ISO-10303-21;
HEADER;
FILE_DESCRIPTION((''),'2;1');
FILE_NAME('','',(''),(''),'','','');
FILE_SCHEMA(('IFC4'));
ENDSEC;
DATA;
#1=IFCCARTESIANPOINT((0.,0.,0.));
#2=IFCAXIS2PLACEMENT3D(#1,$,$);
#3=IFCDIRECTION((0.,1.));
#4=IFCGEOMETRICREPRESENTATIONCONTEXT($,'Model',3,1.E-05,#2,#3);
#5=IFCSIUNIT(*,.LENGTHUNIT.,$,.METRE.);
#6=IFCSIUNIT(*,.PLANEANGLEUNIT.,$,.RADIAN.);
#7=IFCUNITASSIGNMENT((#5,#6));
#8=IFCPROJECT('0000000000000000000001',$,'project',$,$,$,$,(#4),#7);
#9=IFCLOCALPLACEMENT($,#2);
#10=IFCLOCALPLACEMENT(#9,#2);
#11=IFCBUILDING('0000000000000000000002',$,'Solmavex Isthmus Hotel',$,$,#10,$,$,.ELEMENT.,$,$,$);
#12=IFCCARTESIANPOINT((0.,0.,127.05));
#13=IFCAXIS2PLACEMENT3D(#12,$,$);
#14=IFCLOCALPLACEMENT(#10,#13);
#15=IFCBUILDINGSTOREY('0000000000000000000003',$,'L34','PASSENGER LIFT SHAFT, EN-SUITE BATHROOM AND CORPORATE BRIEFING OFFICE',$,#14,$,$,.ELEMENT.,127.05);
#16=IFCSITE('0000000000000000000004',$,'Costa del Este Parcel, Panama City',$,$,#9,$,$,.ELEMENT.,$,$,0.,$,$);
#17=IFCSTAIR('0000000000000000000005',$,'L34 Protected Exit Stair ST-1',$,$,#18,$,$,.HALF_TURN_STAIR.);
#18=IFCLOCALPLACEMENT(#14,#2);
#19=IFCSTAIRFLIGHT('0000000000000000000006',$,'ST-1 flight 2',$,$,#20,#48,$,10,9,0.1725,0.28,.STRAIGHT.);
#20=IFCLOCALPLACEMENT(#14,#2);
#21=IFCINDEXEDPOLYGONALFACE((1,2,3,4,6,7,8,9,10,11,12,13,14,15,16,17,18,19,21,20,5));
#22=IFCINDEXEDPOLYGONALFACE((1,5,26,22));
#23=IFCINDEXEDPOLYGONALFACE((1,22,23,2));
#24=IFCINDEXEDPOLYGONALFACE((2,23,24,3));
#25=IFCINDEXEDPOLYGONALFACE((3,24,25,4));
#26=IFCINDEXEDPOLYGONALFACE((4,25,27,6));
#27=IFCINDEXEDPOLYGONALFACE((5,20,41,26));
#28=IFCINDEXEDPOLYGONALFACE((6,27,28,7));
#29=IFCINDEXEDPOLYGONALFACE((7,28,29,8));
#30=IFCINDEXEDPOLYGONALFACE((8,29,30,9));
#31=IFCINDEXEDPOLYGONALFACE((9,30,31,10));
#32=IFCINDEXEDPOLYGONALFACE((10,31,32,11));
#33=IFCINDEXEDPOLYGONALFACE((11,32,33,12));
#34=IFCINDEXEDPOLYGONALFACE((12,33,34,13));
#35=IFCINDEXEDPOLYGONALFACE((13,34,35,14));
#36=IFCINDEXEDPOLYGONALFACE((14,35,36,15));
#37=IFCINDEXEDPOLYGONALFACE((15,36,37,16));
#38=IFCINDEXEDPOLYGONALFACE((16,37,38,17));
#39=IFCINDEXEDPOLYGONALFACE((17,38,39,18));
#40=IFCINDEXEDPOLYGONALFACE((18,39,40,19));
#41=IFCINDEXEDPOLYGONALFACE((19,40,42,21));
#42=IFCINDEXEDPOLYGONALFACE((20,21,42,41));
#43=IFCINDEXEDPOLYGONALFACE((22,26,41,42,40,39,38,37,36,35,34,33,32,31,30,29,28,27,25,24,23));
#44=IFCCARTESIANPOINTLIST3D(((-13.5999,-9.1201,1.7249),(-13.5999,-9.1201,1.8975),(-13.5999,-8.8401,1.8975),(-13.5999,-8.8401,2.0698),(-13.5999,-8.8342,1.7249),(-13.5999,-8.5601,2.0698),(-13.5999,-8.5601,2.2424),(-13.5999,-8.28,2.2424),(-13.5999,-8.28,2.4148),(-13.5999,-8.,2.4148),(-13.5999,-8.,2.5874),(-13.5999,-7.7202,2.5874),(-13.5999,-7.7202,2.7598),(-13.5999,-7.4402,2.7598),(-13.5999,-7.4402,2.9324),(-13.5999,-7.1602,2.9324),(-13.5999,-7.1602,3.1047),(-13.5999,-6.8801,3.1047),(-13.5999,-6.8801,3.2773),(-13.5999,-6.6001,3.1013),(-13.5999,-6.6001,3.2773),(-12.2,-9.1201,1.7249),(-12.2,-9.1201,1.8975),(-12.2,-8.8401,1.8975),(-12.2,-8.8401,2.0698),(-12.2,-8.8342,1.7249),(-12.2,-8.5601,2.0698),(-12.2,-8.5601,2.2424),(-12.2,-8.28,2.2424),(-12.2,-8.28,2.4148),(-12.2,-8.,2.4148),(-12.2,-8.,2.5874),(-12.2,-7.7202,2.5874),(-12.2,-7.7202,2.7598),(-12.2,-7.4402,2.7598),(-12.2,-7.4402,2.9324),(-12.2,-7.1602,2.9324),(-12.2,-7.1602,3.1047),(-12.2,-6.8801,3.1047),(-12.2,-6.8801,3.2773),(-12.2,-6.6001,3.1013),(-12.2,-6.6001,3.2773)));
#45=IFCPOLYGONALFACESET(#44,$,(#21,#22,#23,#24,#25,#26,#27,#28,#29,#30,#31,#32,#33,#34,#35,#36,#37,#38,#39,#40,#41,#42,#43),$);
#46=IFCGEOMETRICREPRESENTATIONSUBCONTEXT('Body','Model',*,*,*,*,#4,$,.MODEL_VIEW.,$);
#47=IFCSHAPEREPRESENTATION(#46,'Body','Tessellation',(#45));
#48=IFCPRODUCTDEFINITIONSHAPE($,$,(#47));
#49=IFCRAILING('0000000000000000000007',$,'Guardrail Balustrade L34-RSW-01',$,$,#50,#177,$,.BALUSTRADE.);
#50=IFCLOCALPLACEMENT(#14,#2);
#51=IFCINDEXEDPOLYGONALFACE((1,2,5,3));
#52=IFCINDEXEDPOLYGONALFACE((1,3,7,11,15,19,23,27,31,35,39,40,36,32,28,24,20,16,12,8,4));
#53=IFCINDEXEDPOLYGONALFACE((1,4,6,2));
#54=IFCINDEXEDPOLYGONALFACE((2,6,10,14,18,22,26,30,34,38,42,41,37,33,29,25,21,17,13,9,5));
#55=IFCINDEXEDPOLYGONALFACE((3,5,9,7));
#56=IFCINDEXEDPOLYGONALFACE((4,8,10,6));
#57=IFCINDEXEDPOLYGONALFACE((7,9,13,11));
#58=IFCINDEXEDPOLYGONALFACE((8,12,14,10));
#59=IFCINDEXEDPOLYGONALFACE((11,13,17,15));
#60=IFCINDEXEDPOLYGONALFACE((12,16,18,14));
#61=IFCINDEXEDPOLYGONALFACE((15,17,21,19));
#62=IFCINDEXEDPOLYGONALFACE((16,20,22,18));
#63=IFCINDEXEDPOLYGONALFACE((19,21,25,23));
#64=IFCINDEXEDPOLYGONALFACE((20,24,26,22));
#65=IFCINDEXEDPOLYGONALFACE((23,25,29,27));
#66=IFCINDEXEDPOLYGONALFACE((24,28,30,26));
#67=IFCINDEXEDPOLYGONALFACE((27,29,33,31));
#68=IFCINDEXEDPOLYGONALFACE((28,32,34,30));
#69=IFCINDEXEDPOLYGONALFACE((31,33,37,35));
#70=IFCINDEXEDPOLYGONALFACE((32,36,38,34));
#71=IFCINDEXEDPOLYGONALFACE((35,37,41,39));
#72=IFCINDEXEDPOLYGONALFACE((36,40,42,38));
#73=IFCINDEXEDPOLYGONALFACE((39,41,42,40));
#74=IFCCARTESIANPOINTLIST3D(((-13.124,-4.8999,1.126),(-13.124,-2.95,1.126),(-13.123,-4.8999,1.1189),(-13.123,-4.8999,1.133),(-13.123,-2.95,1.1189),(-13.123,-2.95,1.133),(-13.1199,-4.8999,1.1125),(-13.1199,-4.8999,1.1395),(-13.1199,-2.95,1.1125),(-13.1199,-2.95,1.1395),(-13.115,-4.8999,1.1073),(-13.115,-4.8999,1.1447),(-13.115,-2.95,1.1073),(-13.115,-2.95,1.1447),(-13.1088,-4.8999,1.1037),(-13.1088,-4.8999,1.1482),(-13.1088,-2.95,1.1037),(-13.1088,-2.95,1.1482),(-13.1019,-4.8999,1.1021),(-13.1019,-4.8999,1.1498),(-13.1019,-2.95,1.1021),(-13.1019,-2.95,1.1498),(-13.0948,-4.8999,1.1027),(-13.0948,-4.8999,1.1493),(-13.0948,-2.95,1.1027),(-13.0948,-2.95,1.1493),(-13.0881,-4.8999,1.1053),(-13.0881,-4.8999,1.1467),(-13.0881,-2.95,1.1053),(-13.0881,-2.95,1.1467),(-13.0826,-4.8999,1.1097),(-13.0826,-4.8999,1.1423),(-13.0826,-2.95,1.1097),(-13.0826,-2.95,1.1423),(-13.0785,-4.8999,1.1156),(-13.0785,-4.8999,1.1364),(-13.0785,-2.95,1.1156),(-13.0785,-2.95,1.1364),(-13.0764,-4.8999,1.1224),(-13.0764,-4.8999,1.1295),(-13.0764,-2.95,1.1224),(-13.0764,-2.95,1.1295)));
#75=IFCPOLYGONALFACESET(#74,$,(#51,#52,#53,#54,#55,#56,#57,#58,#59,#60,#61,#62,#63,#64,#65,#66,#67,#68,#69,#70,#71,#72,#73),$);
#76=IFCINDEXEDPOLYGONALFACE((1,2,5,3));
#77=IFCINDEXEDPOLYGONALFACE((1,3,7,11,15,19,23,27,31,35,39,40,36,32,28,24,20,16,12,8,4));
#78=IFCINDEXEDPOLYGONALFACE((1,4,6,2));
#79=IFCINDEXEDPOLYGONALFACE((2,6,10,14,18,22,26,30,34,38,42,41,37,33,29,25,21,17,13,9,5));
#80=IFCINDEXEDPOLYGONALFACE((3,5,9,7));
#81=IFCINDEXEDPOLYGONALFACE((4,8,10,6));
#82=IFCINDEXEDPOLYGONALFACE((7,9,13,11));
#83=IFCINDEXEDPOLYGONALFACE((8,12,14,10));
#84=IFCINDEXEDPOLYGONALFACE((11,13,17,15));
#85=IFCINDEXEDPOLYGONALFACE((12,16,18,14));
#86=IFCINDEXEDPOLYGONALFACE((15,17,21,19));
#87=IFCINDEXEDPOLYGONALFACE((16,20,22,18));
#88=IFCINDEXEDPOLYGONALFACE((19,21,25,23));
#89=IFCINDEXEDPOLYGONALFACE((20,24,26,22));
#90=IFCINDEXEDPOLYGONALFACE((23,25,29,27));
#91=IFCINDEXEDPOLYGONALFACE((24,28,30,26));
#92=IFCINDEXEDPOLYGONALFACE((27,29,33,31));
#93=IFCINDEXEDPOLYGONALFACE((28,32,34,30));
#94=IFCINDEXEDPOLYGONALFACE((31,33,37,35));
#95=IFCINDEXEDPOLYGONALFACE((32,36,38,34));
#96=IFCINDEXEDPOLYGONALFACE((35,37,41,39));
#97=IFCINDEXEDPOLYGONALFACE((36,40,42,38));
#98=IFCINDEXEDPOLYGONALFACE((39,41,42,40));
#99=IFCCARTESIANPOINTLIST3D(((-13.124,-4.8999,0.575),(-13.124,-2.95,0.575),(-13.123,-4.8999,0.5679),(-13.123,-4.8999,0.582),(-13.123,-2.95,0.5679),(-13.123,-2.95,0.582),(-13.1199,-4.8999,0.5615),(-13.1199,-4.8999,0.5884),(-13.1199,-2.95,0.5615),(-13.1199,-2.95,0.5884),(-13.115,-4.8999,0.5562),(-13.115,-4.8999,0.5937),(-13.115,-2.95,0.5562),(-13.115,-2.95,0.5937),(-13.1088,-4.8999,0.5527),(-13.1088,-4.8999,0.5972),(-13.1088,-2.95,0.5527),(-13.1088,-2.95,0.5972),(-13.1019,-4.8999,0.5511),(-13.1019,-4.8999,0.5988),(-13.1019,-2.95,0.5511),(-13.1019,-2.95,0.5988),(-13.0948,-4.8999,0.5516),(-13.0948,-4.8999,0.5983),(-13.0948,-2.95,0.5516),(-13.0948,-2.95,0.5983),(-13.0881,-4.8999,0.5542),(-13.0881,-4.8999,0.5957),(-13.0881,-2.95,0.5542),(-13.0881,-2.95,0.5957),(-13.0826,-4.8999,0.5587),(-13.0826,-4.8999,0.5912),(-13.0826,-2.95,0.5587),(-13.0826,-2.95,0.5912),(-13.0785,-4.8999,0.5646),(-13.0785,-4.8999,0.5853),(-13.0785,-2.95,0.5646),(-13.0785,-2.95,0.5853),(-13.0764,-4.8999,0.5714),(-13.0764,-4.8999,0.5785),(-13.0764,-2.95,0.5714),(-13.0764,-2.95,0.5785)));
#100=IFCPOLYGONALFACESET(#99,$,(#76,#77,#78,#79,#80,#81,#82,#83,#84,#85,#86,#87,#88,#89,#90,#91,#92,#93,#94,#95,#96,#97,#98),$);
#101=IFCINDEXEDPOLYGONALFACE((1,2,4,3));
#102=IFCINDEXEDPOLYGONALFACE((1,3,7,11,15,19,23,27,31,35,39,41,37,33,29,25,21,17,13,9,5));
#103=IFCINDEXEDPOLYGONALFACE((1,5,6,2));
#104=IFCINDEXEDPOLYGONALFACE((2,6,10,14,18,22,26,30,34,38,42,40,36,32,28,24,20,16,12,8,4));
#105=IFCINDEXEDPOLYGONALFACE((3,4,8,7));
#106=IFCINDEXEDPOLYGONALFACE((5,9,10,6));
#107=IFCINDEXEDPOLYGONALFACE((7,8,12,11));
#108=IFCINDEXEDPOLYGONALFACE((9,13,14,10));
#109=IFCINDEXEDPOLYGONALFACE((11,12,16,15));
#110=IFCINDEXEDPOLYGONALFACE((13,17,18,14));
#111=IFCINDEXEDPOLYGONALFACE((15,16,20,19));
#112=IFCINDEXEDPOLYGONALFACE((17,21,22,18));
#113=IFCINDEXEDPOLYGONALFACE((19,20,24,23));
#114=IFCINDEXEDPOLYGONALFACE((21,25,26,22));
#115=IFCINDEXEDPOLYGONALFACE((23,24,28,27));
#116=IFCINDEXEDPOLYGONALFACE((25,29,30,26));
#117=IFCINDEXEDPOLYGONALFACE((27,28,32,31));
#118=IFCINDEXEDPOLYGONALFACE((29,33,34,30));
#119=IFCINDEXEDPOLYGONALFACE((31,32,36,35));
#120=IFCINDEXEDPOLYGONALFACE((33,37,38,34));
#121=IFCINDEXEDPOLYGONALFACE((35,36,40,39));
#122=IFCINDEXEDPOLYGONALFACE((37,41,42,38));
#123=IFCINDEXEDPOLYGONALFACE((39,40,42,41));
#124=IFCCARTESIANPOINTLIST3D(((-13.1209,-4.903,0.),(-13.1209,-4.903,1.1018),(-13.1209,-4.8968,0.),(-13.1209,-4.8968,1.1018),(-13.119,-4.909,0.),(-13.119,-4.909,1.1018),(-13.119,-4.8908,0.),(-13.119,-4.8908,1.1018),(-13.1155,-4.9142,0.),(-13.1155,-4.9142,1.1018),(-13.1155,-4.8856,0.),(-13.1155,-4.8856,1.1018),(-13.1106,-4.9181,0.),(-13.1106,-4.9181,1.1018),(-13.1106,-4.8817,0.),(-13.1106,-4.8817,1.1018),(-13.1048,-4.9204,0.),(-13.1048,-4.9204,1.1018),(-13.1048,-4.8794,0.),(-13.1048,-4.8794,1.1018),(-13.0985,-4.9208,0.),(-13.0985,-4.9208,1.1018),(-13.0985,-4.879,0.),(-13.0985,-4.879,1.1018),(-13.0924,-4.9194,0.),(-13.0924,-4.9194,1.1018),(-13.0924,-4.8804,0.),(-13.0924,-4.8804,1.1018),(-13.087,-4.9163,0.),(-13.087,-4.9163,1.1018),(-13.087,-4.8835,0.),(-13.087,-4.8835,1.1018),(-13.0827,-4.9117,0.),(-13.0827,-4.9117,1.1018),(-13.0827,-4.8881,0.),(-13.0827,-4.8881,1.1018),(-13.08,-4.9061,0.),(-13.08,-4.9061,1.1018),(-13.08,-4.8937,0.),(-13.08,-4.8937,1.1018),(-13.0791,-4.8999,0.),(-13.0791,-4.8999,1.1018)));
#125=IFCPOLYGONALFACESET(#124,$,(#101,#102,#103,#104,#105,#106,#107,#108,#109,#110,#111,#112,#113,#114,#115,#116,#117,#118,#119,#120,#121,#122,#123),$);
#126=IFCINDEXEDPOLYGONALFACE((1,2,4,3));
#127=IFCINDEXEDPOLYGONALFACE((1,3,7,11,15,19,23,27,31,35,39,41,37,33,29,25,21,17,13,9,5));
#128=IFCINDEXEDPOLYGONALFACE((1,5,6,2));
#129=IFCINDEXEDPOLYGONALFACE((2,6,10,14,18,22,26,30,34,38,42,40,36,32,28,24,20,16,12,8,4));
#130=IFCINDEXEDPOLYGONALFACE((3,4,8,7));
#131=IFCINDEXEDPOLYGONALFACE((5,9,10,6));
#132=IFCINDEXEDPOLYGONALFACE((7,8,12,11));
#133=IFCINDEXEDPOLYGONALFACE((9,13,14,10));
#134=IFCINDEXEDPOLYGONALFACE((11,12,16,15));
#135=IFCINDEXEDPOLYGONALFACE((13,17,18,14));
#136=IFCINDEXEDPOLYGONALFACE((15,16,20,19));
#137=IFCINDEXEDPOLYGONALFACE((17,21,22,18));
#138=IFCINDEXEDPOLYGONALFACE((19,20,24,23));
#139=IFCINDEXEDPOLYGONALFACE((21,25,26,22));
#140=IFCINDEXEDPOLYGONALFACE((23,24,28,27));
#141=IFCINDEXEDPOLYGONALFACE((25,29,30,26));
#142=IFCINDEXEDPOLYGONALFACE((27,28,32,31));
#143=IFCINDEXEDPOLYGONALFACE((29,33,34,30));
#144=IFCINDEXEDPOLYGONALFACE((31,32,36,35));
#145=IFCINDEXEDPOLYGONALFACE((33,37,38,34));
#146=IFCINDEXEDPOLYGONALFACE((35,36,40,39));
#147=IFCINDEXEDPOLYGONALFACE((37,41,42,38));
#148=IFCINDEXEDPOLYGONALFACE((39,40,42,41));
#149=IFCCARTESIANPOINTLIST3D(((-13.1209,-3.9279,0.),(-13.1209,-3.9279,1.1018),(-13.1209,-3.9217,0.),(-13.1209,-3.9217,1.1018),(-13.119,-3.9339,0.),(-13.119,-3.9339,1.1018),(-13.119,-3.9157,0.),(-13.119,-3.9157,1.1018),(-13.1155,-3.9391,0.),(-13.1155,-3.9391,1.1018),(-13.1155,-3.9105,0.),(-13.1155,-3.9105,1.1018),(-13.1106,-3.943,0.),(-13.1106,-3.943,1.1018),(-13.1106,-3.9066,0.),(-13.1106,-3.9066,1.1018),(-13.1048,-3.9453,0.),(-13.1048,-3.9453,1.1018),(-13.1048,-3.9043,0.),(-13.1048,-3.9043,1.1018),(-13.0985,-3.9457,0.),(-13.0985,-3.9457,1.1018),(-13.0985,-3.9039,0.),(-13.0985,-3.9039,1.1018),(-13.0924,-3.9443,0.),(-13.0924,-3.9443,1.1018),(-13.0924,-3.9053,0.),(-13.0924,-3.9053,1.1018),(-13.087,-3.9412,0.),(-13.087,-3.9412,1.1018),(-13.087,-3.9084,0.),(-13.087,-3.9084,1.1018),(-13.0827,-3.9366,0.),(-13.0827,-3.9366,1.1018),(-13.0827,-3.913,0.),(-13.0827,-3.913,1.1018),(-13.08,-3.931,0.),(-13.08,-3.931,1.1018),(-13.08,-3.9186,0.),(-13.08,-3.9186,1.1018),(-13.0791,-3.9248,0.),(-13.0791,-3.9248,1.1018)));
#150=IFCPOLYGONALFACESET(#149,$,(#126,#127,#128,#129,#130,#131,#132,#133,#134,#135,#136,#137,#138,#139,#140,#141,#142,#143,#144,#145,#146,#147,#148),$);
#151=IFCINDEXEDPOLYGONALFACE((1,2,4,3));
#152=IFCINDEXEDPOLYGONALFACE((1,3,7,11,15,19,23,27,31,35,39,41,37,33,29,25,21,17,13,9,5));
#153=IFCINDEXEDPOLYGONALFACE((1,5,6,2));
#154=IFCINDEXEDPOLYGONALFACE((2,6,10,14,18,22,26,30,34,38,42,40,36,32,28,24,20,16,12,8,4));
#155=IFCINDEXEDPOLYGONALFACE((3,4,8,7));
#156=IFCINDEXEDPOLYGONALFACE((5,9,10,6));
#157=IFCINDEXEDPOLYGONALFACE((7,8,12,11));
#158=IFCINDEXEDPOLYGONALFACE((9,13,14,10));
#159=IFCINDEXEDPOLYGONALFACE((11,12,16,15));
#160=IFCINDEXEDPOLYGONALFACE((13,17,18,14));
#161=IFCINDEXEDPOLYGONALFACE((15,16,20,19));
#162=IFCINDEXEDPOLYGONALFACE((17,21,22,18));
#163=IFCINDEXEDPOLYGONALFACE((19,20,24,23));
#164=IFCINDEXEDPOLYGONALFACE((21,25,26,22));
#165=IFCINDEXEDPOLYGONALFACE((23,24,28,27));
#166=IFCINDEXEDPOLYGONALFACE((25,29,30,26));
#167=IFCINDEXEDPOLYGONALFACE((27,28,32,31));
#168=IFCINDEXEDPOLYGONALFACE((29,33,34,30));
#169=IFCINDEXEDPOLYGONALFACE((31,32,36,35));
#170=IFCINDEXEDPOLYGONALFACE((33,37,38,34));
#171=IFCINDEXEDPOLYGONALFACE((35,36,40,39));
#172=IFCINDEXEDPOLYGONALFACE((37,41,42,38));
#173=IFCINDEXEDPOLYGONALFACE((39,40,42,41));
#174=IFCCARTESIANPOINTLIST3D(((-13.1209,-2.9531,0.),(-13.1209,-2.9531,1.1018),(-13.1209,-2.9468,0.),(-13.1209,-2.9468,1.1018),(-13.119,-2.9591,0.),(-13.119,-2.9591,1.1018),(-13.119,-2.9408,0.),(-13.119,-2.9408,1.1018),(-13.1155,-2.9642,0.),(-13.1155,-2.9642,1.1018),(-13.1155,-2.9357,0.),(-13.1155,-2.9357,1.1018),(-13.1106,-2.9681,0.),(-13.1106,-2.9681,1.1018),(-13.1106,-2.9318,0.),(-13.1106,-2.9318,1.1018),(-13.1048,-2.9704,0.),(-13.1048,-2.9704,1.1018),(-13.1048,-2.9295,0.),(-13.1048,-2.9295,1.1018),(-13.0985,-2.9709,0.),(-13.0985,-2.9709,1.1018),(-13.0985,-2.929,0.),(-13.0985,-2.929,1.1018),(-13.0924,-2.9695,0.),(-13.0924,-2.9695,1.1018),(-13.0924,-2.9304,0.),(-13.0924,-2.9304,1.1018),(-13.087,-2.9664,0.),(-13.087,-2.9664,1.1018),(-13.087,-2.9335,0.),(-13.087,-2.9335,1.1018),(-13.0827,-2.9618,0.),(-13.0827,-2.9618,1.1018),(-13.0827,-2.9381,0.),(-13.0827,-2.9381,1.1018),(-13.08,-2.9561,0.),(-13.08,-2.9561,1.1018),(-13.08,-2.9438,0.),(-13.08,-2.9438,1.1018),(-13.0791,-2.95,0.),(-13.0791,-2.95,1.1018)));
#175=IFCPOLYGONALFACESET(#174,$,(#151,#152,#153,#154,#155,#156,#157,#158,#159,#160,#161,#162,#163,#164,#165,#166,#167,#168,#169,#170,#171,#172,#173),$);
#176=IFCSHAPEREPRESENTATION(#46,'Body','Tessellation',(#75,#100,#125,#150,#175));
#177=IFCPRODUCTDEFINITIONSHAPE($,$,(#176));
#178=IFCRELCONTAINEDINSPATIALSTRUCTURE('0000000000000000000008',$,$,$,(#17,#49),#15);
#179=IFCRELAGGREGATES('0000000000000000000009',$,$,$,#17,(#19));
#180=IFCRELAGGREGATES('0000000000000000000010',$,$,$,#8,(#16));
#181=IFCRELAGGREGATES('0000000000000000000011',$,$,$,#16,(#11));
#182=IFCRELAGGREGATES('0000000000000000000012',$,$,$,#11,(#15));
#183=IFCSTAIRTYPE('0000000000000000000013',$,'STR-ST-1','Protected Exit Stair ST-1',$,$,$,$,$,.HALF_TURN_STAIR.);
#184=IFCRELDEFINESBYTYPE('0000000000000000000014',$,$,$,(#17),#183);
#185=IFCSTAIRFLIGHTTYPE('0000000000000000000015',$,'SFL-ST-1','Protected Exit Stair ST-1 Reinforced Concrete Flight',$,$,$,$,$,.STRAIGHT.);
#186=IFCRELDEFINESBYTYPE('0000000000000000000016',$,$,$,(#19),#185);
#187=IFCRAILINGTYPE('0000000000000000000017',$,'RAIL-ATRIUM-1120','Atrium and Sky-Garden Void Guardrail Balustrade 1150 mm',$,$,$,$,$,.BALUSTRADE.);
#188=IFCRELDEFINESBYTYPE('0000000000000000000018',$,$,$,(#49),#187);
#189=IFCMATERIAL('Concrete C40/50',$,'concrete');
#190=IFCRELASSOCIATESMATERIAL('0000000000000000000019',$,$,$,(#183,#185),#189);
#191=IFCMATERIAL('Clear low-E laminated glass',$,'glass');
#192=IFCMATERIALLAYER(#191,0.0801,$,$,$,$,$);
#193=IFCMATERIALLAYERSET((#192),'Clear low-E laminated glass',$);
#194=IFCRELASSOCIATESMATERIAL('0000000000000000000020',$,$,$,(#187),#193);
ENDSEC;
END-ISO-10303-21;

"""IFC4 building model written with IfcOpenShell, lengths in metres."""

from ifc_helpers import new_model, si_unit, direction, frame, origin, origin_2d, place, context, subcontext, project, spatial, polyline, circle, outline, extrude, material, layer, layer_set, type_object, element, aggregate, save


model = new_model("IFC4")

# Units and contexts
model_context = context("Model", 3, precision=1e-05, world=origin(), true_north=direction((0.0, 1.0)))
body_context = subcontext(model_context, "Body", "Model", "MODEL_VIEW")
ifc_project = project(units=[si_unit("LENGTHUNIT", "METRE"), si_unit("PLANEANGLEUNIT", "RADIAN")], contexts=[model_context])

# Site, building, storey
site_placement = place(None, origin())
site = spatial("IfcSite", under=ifc_project, at=site_placement, Name="Costa del Este Parcel, Panama City", CompositionType="ELEMENT", RefElevation=0.0)
building_placement = place(site_placement, origin())
building = spatial("IfcBuilding", under=site, at=building_placement, Name="Solmavex Isthmus Hotel", CompositionType="ELEMENT")
storey_placement = place(building_placement, frame((0.0, 0.0, 127.05)))
storey = spatial("IfcBuildingStorey", under=building, at=storey_placement, Name="L34", Description="PASSENGER LIFT SHAFT, EN-SUITE BATHROOM AND CORPORATE BRIEFING OFFICE", CompositionType="ELEMENT", Elevation=127.05)

# Shared definitions
ifc_material_1 = material(Name="Clear low-E laminated glass", Category="glass")

# Shared definitions
ifc_material_2 = material(Name="Concrete C40/50", Category="concrete")

# Stair, stair flight
stair_type = type_object("IfcStairType", Name="STR-ST-1", Description="Protected Exit Stair ST-1", PredefinedType="HALF_TURN_STAIR", material=ifc_material_2)
stair_placement = place(storey_placement, origin())
stair = element("IfcStair", 1, at=stair_placement, inside=storey, type_object=stair_type, Name="L34 Protected Exit Stair ST-1", PredefinedType="HALF_TURN_STAIR")
stair_flight_type = type_object("IfcStairFlightType", Name="SFL-ST-1", Description="Protected Exit Stair ST-1 Reinforced Concrete Flight", PredefinedType="STRAIGHT", material=ifc_material_2)
stair_flight_1_placement = place(storey_placement, frame((-12.8999, -9.1201, 1.7249), z_axis=(0.0, 0.0, 1.0), x_axis=(0.0, 1.0, 0.0)))
stair_flight_1 = element("IfcStairFlight", 2, at=stair_flight_1_placement, type_object=stair_flight_type, Name="ST-1 flight 2", NumberOfRisers=10, NumberOfTreads=9, PredefinedType="STRAIGHT", RiserHeight=0.1725, TreadLength=0.28, context=body_context, shape_type="SweptSolid", body=[
    extrude(outline(polyline([(0.0, 0.0), (0.0, 0.1726), (0.28, 0.1726), (0.28, 0.345), (0.5601, 0.345), (0.5601, 0.5176), (0.8401, 0.5176), (0.8401, 0.6899), (1.1201, 0.6899), (1.1201, 0.8625), (1.3999, 0.8625), (1.3999, 1.0349), (1.6799, 1.0349), (1.6799, 1.2075), (1.96, 1.2075), (1.96, 1.3799), (2.24, 1.3799), (2.24, 1.5525), (2.52, 1.5525), (2.52, 1.7251), (2.52, 1.3765), (0.2859, 0.0), (0.0, 0.0)])), frame((0.0, 0.7, 0.0), z_axis=(0.0, -1.0, 0.0), x_axis=(1.0, 0.0, 0.0)), (0.0, 0.0, 1.0), 1.3999),
])
aggregate(stair, [stair_flight_1])

# Railing
ifc_layer_1 = layer(ifc_material_1, 0.0801)
ifc_layer_set_1 = layer_set([ifc_layer_1], Name="Clear low-E laminated glass")
railing_type_1 = type_object("IfcRailingType", Name="RAIL-ATRIUM-1120", Description="Atrium and Sky-Garden Void Guardrail Balustrade 1150 mm", PredefinedType="BALUSTRADE", material=ifc_layer_set_1)
railing_1_placement = place(storey_placement, frame((-13.1001, -4.8999, 0.0)))
element("IfcRailing", 3, at=railing_1_placement, inside=storey, type_object=railing_type_1, Name="Guardrail Balustrade L34-RSW-01", PredefinedType="BALUSTRADE", context=body_context, shape_type="SweptSolid", body=[
    extrude(circle(Radius=0.0239, at=origin_2d()), frame((0.0, 0.0, 1.126), z_axis=(0.0, 1.0, 0.0), x_axis=(-1.0, 0.0, 0.0)), (0.0, 0.0, 1.0), 1.95),
    extrude(circle(Radius=0.0239, at=origin_2d()), frame((0.0, 0.0, 0.575), z_axis=(0.0, 1.0, 0.0), x_axis=(-1.0, 0.0, 0.0)), (0.0, 0.0, 1.0), 1.95),
    extrude(circle(Radius=0.021, at=origin_2d()), origin(), (0.0, 0.0, 1.0), 1.1018),
    extrude(circle(Radius=0.021, at=origin_2d()), frame((0.0, 0.9751, 0.0)), (0.0, 0.0, 1.0), 1.1018),
    extrude(circle(Radius=0.021, at=origin_2d()), frame((0.0, 1.95, 0.0)), (0.0, 0.0, 1.0), 1.1018),
])

save(model, "model.ifc")
